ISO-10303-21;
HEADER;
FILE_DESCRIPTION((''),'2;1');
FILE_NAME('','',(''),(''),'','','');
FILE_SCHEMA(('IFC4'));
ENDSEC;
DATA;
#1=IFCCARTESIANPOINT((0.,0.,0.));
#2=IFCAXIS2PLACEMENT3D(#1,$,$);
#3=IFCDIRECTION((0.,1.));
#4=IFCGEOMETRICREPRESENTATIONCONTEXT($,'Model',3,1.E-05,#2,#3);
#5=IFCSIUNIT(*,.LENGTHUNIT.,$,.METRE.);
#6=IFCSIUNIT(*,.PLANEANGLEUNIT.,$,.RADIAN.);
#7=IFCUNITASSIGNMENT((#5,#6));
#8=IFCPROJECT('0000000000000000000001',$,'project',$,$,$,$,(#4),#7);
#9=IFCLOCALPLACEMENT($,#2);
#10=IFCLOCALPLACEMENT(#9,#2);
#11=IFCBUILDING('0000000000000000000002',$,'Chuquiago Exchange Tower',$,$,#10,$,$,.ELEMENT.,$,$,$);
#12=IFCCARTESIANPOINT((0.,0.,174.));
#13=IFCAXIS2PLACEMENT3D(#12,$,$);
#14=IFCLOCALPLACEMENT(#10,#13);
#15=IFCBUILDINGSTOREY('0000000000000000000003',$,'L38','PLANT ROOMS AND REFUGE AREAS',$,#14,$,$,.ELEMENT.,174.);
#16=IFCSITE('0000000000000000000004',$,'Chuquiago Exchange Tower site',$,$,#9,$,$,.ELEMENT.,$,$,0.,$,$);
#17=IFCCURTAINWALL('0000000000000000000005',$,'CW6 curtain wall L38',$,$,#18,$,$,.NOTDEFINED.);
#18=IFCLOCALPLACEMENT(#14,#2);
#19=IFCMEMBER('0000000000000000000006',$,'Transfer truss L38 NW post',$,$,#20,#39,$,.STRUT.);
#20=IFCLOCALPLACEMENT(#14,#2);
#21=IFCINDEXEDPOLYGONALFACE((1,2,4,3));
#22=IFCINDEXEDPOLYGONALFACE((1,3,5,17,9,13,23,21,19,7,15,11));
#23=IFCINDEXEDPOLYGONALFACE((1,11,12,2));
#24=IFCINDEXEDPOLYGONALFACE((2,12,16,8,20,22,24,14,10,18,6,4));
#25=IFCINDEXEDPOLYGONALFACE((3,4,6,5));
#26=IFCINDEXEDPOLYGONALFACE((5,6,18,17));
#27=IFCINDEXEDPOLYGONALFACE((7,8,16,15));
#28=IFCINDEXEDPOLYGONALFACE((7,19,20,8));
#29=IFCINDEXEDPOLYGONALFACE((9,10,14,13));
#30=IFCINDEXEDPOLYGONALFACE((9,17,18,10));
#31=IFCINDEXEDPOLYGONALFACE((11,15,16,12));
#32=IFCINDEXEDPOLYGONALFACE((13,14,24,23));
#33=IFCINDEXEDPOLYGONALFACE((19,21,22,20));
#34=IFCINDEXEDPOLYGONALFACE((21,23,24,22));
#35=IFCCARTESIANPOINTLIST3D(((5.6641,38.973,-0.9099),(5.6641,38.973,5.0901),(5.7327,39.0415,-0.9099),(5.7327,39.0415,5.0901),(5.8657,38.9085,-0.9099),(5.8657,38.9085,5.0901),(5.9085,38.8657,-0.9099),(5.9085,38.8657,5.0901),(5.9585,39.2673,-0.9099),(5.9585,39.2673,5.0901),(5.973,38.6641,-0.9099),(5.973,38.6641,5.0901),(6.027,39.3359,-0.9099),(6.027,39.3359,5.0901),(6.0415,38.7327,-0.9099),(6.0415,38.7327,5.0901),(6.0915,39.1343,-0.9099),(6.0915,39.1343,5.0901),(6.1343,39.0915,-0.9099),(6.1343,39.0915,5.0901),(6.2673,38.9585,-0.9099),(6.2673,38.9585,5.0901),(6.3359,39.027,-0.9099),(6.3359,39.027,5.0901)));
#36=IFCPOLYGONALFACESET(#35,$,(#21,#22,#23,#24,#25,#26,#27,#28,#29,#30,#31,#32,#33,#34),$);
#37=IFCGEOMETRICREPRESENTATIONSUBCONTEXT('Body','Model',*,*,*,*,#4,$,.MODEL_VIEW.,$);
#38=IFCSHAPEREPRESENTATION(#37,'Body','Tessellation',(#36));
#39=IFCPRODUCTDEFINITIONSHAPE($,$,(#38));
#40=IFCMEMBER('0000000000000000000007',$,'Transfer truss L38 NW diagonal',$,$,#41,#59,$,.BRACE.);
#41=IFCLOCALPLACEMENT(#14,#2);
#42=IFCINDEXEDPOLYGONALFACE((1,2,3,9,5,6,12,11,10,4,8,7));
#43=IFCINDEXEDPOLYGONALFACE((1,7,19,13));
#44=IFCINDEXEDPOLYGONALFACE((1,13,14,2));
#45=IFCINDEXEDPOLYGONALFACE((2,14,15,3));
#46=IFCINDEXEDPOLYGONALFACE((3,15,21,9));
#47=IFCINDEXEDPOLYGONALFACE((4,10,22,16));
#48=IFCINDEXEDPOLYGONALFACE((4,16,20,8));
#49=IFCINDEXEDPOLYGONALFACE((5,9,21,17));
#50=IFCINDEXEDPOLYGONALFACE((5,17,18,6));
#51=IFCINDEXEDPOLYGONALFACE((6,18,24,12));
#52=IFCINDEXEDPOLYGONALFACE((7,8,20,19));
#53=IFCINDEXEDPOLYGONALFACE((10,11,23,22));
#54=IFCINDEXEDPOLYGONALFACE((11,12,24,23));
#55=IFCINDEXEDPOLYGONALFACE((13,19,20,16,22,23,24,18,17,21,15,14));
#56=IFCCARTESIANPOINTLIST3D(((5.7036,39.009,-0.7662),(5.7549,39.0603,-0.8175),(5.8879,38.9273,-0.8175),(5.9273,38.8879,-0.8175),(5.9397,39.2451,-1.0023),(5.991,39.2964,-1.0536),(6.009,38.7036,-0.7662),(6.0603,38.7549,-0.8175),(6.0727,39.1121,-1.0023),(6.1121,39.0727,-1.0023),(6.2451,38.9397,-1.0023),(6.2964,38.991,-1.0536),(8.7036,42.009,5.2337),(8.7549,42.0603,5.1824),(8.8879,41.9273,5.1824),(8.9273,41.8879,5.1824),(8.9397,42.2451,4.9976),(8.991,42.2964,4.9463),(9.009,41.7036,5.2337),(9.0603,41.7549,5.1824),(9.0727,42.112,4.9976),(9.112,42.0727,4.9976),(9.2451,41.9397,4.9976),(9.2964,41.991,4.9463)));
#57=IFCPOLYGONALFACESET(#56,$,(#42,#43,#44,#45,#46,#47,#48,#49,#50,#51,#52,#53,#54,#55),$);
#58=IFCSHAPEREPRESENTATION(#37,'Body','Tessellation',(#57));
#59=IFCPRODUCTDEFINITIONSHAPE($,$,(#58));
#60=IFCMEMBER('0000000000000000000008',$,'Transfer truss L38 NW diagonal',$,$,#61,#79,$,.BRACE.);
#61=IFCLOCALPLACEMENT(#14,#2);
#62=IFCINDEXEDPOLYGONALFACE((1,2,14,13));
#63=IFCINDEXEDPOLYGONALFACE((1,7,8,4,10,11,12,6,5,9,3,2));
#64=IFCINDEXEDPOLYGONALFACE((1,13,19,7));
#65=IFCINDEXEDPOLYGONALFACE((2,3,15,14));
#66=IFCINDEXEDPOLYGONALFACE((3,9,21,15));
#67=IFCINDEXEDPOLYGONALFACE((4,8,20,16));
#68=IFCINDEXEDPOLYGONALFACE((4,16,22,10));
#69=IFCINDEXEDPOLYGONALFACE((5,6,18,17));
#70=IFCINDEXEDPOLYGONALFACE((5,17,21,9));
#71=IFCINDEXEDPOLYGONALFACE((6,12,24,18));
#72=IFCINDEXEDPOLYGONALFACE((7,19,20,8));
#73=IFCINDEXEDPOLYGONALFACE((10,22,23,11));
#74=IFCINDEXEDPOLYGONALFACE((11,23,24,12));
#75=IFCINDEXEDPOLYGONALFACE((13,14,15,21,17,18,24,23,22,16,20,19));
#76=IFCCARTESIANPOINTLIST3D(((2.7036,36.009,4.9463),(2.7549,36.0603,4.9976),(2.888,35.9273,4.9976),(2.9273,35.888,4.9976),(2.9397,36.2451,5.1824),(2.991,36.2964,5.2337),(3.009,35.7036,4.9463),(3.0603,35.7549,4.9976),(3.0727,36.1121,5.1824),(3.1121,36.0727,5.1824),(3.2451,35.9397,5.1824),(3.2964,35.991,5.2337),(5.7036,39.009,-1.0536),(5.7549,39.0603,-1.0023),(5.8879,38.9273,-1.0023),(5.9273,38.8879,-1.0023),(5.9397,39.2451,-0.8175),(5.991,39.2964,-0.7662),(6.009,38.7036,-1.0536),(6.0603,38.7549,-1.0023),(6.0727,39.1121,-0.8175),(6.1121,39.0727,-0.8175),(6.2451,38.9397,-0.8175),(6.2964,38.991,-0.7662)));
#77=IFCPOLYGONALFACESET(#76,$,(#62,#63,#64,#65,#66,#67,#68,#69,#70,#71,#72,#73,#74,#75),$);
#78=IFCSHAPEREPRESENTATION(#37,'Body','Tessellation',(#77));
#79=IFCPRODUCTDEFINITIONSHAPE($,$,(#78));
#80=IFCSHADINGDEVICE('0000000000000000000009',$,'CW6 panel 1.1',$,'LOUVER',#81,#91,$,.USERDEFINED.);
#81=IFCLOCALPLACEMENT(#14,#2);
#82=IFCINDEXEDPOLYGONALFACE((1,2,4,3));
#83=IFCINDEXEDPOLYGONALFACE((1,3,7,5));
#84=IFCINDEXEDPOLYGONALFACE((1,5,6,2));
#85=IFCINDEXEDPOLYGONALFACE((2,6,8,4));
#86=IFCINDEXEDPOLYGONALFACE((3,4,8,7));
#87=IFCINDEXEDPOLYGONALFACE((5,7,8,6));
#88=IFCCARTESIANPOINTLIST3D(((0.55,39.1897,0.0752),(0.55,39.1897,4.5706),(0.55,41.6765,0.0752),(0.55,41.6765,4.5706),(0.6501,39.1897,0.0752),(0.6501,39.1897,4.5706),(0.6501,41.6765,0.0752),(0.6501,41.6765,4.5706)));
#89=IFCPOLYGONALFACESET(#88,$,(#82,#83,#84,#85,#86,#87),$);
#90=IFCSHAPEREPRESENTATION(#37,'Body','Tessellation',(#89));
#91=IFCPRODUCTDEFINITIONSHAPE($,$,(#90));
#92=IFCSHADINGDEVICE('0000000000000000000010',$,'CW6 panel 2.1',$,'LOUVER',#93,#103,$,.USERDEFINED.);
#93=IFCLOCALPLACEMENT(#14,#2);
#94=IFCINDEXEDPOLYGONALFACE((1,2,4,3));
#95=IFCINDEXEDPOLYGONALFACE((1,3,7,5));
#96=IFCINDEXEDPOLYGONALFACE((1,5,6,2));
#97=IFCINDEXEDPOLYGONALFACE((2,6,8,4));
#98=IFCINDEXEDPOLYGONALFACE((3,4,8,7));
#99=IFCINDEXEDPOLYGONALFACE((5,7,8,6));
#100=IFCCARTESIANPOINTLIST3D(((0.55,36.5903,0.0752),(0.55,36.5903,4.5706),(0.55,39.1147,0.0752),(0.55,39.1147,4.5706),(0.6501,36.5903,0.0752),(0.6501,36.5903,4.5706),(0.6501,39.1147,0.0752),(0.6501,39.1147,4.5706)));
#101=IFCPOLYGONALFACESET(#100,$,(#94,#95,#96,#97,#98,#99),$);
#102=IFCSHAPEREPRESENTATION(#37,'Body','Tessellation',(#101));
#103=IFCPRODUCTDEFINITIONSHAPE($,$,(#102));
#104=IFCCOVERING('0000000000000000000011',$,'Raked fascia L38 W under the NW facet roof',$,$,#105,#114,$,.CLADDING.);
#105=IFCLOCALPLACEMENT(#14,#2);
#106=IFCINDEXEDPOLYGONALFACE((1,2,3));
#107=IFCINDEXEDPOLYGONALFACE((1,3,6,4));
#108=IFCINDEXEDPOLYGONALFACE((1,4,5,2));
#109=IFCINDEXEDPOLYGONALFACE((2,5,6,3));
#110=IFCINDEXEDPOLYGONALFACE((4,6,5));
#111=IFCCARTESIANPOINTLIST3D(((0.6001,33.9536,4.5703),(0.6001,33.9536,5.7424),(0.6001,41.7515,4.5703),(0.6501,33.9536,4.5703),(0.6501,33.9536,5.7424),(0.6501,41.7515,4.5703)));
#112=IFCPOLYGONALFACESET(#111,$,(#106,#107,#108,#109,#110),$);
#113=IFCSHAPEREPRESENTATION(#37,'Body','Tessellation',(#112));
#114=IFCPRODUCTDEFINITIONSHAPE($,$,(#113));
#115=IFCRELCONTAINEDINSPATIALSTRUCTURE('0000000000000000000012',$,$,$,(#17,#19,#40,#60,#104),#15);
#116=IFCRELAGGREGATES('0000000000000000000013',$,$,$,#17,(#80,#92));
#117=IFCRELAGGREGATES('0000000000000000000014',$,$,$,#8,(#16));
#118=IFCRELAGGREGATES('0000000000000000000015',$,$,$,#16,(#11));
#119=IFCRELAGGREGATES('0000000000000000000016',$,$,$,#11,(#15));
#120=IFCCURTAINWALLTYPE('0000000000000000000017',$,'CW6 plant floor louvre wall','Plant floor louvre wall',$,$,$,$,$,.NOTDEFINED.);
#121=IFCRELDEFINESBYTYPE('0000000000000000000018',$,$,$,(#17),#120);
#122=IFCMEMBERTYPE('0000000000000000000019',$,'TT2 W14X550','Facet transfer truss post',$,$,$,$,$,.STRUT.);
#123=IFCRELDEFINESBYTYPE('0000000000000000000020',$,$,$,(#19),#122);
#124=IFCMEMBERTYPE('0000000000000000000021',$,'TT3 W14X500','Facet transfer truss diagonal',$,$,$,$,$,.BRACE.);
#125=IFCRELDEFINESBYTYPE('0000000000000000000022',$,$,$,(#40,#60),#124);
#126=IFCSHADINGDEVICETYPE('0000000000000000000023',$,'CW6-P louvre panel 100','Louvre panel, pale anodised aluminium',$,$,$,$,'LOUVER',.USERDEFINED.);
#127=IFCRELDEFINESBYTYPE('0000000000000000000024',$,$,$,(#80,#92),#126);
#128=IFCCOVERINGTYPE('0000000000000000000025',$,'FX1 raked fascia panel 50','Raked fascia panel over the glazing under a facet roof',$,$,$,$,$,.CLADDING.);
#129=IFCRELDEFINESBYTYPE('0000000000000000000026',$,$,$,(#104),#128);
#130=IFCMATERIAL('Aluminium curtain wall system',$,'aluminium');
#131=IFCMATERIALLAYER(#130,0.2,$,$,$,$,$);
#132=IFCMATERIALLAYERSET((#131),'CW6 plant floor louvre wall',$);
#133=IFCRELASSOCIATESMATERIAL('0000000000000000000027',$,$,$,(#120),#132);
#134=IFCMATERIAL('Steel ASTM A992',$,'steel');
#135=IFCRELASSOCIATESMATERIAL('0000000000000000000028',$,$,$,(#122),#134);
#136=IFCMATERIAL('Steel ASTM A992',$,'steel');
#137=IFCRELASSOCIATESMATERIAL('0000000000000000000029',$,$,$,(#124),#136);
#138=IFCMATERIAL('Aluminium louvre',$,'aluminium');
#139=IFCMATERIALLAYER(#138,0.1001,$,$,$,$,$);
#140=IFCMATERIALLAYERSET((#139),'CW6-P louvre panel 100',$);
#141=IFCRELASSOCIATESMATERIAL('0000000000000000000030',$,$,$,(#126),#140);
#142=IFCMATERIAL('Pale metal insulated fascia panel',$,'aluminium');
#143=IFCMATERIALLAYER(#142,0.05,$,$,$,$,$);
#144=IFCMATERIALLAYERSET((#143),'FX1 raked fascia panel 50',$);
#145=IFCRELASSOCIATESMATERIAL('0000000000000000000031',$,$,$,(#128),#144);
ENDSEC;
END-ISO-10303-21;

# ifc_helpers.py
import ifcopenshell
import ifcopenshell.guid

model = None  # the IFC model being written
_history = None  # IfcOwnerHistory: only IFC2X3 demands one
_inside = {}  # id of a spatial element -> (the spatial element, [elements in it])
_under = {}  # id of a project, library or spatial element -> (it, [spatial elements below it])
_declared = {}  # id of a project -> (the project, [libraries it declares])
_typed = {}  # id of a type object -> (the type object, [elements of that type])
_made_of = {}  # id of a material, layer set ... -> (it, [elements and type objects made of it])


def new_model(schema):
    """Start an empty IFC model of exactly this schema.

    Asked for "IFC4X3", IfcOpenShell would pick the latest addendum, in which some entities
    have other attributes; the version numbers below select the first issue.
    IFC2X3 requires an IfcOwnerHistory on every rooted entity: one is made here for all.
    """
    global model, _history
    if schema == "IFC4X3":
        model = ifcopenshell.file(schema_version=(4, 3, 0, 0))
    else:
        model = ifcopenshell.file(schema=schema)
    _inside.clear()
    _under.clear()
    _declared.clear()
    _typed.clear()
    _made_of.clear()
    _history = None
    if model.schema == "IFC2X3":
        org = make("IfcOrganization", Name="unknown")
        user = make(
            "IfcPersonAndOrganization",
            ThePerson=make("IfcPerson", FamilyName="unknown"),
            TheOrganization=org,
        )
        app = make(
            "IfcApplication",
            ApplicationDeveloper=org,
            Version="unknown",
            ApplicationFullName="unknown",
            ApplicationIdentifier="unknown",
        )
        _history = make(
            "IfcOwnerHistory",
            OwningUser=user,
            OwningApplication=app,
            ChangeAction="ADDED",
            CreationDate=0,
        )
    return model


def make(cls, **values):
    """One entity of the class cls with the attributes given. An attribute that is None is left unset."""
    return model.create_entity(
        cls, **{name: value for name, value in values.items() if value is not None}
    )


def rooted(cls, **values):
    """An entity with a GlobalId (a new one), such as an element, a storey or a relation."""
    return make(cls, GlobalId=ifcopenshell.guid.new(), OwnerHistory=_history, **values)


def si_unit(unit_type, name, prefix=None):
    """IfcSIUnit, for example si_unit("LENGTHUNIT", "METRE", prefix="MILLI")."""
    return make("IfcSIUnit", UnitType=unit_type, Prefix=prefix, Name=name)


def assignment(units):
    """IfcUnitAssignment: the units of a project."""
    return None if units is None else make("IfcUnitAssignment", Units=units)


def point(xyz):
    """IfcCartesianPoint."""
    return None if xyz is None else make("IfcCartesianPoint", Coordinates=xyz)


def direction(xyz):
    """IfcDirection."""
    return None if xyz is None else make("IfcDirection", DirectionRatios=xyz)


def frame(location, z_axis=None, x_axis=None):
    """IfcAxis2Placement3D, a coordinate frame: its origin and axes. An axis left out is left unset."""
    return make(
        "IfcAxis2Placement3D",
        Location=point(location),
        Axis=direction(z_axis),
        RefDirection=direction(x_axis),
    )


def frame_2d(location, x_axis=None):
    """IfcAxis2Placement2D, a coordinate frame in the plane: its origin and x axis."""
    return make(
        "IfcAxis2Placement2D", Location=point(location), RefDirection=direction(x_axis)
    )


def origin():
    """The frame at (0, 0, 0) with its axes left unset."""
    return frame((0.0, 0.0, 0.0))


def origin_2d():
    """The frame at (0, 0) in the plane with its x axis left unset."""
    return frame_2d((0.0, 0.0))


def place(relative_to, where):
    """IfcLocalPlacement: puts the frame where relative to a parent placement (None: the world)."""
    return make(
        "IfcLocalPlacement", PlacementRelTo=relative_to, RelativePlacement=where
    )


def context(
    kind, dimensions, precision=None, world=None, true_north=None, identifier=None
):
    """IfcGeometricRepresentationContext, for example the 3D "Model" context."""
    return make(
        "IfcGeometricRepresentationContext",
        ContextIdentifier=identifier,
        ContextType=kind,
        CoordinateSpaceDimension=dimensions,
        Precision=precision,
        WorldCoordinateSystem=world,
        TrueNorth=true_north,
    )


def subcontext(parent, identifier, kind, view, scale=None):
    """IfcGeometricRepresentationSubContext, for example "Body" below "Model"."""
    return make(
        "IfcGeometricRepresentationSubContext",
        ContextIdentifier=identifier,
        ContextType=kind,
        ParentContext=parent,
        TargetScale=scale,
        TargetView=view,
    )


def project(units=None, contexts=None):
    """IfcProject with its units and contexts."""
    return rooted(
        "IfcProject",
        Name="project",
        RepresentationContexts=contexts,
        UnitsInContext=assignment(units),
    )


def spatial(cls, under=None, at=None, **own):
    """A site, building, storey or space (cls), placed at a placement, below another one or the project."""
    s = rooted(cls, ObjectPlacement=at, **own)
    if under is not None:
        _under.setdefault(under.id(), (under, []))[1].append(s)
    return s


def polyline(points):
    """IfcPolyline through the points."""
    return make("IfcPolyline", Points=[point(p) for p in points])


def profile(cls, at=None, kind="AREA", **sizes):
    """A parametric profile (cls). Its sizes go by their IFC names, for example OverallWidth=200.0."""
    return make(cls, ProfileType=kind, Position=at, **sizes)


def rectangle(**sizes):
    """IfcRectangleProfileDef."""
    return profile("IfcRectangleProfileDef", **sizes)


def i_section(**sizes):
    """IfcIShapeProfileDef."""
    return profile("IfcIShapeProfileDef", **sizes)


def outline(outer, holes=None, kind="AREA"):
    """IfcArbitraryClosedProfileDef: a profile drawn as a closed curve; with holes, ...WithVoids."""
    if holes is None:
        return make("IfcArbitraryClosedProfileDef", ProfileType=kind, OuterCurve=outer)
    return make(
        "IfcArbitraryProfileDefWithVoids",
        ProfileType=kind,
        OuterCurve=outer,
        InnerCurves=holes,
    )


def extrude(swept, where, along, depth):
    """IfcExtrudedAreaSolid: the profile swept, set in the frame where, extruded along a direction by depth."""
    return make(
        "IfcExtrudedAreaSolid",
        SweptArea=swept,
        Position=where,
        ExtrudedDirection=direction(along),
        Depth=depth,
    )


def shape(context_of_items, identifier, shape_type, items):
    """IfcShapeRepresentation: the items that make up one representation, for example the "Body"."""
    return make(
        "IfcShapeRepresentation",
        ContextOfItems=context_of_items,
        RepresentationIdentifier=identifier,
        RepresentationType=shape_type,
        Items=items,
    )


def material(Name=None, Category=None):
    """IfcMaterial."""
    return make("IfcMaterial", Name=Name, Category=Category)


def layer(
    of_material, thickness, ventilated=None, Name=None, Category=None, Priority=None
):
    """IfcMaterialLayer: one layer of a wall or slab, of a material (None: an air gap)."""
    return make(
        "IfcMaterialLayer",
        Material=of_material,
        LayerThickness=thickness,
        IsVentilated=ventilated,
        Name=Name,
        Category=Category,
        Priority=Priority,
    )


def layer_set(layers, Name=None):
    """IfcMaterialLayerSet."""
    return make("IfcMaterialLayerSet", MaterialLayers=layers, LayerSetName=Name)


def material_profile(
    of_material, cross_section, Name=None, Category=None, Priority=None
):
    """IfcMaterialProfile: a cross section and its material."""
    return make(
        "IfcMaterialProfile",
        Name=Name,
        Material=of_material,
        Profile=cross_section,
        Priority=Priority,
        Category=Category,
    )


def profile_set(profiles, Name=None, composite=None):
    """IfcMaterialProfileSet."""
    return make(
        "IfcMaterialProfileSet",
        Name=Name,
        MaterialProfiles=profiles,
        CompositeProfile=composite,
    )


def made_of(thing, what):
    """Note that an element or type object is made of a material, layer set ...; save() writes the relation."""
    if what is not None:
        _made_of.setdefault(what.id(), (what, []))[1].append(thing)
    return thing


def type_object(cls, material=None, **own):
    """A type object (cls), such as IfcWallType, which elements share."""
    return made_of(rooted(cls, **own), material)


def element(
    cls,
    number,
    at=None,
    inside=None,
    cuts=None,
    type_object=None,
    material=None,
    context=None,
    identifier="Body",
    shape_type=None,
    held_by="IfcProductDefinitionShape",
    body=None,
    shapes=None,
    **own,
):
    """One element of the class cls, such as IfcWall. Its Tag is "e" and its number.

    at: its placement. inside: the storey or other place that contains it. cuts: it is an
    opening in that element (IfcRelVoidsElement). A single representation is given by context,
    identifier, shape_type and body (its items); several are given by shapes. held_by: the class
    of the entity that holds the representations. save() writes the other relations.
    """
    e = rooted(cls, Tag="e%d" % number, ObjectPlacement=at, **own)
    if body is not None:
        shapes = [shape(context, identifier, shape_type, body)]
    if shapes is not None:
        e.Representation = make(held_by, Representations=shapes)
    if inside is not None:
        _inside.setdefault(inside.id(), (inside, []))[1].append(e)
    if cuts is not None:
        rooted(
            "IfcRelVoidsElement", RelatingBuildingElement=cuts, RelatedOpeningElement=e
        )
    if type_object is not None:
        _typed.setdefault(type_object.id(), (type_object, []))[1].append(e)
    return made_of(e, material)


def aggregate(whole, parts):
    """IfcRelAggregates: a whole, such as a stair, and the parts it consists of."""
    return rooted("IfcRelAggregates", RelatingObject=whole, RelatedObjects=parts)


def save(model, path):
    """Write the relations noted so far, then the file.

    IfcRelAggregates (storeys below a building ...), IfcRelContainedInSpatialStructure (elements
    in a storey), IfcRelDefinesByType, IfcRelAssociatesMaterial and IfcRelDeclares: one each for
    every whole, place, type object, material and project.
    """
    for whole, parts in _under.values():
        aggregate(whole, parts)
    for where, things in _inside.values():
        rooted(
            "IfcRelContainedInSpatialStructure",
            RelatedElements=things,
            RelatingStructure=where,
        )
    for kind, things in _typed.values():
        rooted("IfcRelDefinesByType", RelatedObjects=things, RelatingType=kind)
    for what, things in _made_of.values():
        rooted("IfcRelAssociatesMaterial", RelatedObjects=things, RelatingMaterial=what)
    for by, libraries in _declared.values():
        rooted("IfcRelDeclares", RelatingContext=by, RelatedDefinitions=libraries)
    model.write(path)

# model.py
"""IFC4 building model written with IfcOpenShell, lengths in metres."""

from ifc_helpers import new_model, si_unit, direction, frame, origin, origin_2d, place, context, subcontext, project, spatial, polyline, rectangle, i_section, outline, extrude, material, layer, layer_set, material_profile, profile_set, type_object, element, aggregate, save


model = new_model("IFC4")

# Units and contexts
model_context = context("Model", 3, precision=1e-05, world=origin(), true_north=direction((0.0, 1.0)))
body_context = subcontext(model_context, "Body", "Model", "MODEL_VIEW")
ifc_project = project(units=[si_unit("LENGTHUNIT", "METRE"), si_unit("PLANEANGLEUNIT", "RADIAN")], contexts=[model_context])

# Site, building, storey
site_placement = place(None, origin())
site = spatial("IfcSite", under=ifc_project, at=site_placement, Name="Chuquiago Exchange Tower site", CompositionType="ELEMENT", RefElevation=0.0)
building_placement = place(site_placement, origin())
building = spatial("IfcBuilding", under=site, at=building_placement, Name="Chuquiago Exchange Tower", CompositionType="ELEMENT")
storey_placement = place(building_placement, frame((0.0, 0.0, 174.0)))
storey = spatial("IfcBuildingStorey", under=building, at=storey_placement, Name="L38", Description="PLANT ROOMS AND REFUGE AREAS", CompositionType="ELEMENT", Elevation=174.0)

# Shared definitions
ifc_material_1 = material(Name="Aluminium curtain wall system", Category="aluminium")
ifc_layer_1 = layer(ifc_material_1, 0.2)
ifc_layer_set_1 = layer_set([ifc_layer_1], Name="CW6 plant floor louvre wall")
curtain_wall_type = type_object("IfcCurtainWallType", Name="CW6 plant floor louvre wall", Description="Plant floor louvre wall", PredefinedType="NOTDEFINED", material=ifc_layer_set_1)

# Curtain wall
curtain_wall_1_placement = place(storey_placement, origin())
curtain_wall_1 = element("IfcCurtainWall", 1, at=curtain_wall_1_placement, inside=storey, type_object=curtain_wall_type, Name="CW6 curtain wall L38", PredefinedType="NOTDEFINED")

# Members
ifc_material_2 = material(Name="Steel ASTM A992", Category="steel")
ifc_material_profile_1 = material_profile(ifc_material_2, i_section(OverallWidth=0.4368, OverallDepth=0.5132, WebThickness=0.0605, FlangeThickness=0.0969, at=origin_2d()), Name="W14X550")
ifc_profile_set_1 = profile_set([ifc_material_profile_1], Name="Steel ASTM A992")
member_type_1 = type_object("IfcMemberType", Name="TT2 W14X550", Description="Facet transfer truss post", PredefinedType="STRUT", material=ifc_profile_set_1)
member_1_placement = place(storey_placement, frame((6.0, 39.0, -0.9099), z_axis=(0.0, 0.0, 1.0), x_axis=(-0.707107, 0.707107, 0.0)))
element("IfcMember", 2, at=member_1_placement, inside=storey, type_object=member_type_1, Name="Transfer truss L38 NW post", PredefinedType="STRUT", context=body_context, shape_type="SweptSolid", body=[
    extrude(i_section(OverallWidth=0.4368, OverallDepth=0.5132, WebThickness=0.0605, FlangeThickness=0.0969, at=origin_2d()), origin(), (0.0, 0.0, 1.0), 6.0),
])
ifc_material_3 = material(Name="Steel ASTM A992", Category="steel")
ifc_material_profile_2 = material_profile(ifc_material_3, i_section(OverallWidth=0.4319, OverallDepth=0.4978, WebThickness=0.0557, FlangeThickness=0.0889, at=origin_2d()), Name="W14X500")
ifc_profile_set_2 = profile_set([ifc_material_profile_2], Name="Steel ASTM A992")
member_type_2 = type_object("IfcMemberType", Name="TT3 W14X500", Description="Facet transfer truss diagonal", PredefinedType="BRACE", material=ifc_profile_set_2)
for number, where, z_axis, x_axis, name in (
    (3, (6.0, 39.0, -0.9099), (0.408248, 0.408248, 0.816497), (-0.707107, 0.707107, 0.0), "Transfer truss L38 NW diagonal"),
    (4, (6.0, 39.0, -0.9099), (-0.408248, -0.408248, 0.816497), (0.707107, -0.707107, 0.0), "Transfer truss L38 NW diagonal"),
):
    element("IfcMember", number, at=place(storey_placement, frame(where, z_axis=z_axis, x_axis=x_axis)), inside=storey, type_object=member_type_2, Name=name, PredefinedType="BRACE", context=body_context, shape_type="SweptSolid", body=[
        extrude(i_section(OverallWidth=0.4319, OverallDepth=0.4978, WebThickness=0.0557, FlangeThickness=0.0889, at=origin_2d()), origin(), (0.0, 0.0, 1.0), 7.3484),
    ])

# Shading devices
ifc_material_4 = material(Name="Aluminium louvre", Category="aluminium")
ifc_layer_2 = layer(ifc_material_4, 0.1001)
ifc_layer_set_2 = layer_set([ifc_layer_2], Name="CW6-P louvre panel 100")
shading_device_type = type_object("IfcShadingDeviceType", Name="CW6-P louvre panel 100", Description="Louvre panel, pale anodised aluminium", ElementType="LOUVER", PredefinedType="USERDEFINED", material=ifc_layer_set_2)
shading_device_1_placement = place(storey_placement, frame((0.6001, 40.4331, 0.0752), z_axis=(0.0, 0.0, 1.0), x_axis=(0.0, -1.0, 0.0)))
shading_device_1 = element("IfcShadingDevice", 5, at=shading_device_1_placement, type_object=shading_device_type, Name="CW6 panel 1.1", ObjectType="LOUVER", PredefinedType="USERDEFINED", context=body_context, shape_type="SweptSolid", body=[
    extrude(rectangle(XDim=2.4868, YDim=0.1001, at=origin_2d()), origin(), (0.0, 0.0, 1.0), 4.4954),
])
shading_device_2_placement = place(storey_placement, frame((0.6001, 37.8525, 0.0752), z_axis=(0.0, 0.0, 1.0), x_axis=(0.0, -1.0, 0.0)))
shading_device_2 = element("IfcShadingDevice", 6, at=shading_device_2_placement, type_object=shading_device_type, Name="CW6 panel 2.1", ObjectType="LOUVER", PredefinedType="USERDEFINED", context=body_context, shape_type="SweptSolid", body=[
    extrude(rectangle(XDim=2.5244, YDim=0.1001, at=origin_2d()), origin(), (0.0, 0.0, 1.0), 4.4954),
])
aggregate(curtain_wall_1, [shading_device_1, shading_device_2])

# Covering
ifc_material_5 = material(Name="Pale metal insulated fascia panel", Category="aluminium")
ifc_layer_3 = layer(ifc_material_5, 0.05)
ifc_layer_set_3 = layer_set([ifc_layer_3], Name="FX1 raked fascia panel 50")
covering_type_1 = type_object("IfcCoveringType", Name="FX1 raked fascia panel 50", Description="Raked fascia panel over the glazing under a facet roof", PredefinedType="CLADDING", material=ifc_layer_set_3)
covering_1_placement = place(storey_placement, frame((0.6001, 41.7515, 4.5703), z_axis=(-1.0, 0.0, 0.0), x_axis=(0.0, -1.0, 0.0)))
element("IfcCovering", 7, at=covering_1_placement, inside=storey, type_object=covering_type_1, Name="Raked fascia L38 W under the NW facet roof", PredefinedType="CLADDING", context=body_context, shape_type="SweptSolid", body=[
    extrude(outline(polyline([(0.0, 0.0), (7.7979, 0.0), (7.7979, 1.1721), (0.0, 0.0)])), origin(), (0.0, 0.0, -1.0), 0.05),
])

save(model, "model.ifc")
